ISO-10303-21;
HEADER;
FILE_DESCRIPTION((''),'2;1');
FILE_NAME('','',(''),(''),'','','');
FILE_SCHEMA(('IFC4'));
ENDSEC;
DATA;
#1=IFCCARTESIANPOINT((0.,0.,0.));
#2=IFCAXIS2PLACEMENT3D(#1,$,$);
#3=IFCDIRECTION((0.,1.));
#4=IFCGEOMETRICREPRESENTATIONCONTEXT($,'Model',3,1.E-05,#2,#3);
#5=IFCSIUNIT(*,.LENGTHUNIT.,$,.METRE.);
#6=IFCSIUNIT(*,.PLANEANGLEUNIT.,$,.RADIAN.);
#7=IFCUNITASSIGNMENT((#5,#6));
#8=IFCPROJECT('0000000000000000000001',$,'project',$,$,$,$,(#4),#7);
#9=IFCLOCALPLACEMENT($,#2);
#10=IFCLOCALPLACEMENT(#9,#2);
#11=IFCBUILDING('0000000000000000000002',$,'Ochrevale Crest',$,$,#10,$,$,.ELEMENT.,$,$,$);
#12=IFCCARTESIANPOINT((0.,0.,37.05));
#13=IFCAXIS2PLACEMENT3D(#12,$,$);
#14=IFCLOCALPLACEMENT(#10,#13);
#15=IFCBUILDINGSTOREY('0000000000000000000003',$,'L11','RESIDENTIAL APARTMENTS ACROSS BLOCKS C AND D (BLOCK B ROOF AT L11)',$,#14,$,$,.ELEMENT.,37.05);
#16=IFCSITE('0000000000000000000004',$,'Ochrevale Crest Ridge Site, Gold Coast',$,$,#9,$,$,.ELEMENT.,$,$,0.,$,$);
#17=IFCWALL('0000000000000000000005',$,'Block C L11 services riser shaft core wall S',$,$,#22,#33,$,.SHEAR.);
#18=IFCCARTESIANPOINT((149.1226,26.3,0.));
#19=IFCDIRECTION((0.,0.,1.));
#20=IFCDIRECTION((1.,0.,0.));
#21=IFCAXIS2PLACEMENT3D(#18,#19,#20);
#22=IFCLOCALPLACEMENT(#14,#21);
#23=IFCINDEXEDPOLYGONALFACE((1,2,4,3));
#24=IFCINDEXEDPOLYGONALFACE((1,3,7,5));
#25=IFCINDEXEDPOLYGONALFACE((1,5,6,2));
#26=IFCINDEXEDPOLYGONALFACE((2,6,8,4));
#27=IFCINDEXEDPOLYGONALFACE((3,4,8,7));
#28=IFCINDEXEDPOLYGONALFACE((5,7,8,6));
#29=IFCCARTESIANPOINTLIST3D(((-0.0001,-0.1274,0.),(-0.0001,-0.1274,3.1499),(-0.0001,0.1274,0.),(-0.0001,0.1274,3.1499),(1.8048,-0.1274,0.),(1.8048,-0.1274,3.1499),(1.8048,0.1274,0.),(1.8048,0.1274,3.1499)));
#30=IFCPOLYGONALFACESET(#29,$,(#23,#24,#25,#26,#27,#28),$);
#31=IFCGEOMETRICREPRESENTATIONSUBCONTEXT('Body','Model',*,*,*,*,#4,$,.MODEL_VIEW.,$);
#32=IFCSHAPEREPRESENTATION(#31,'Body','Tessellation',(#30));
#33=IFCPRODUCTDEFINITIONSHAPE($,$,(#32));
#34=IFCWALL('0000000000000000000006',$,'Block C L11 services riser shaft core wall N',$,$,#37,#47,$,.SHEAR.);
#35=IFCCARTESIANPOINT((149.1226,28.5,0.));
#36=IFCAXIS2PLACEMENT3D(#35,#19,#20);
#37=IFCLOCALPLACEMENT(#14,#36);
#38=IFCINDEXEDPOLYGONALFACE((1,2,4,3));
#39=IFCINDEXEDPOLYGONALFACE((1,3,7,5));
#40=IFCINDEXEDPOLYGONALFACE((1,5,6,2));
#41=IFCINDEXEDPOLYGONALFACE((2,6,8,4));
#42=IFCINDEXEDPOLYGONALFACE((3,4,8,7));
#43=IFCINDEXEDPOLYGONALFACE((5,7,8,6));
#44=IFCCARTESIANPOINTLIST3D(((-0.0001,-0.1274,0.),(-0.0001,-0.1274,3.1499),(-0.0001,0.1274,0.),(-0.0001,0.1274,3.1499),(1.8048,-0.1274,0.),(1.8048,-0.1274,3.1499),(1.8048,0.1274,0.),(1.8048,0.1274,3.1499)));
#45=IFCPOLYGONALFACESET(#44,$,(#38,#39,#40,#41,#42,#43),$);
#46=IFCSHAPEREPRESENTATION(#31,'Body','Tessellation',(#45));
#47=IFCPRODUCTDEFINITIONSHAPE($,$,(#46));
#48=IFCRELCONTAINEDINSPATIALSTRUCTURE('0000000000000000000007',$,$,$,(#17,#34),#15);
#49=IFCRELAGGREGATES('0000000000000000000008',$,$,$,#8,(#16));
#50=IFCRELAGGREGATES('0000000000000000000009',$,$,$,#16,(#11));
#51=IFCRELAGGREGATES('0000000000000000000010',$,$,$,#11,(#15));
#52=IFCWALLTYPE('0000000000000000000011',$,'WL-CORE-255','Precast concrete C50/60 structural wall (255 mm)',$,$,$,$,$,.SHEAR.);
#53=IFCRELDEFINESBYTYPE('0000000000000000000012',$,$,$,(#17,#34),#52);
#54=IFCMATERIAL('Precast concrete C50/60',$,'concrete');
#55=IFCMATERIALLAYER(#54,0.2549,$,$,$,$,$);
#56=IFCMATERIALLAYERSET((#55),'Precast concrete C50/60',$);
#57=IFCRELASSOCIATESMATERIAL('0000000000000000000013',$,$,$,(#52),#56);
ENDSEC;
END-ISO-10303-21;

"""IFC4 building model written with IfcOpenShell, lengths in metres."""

from ifc_helpers import new_model, si_unit, direction, frame, frame_2d, origin, place, context, subcontext, project, spatial, rectangle, extrude, material, layer, layer_set, type_object, element, save


model = new_model("IFC4")

# Units and contexts
model_context = context("Model", 3, precision=1e-05, world=origin(), true_north=direction((0.0, 1.0)))
body_context = subcontext(model_context, "Body", "Model", "MODEL_VIEW")
ifc_project = project(units=[si_unit("LENGTHUNIT", "METRE"), si_unit("PLANEANGLEUNIT", "RADIAN")], contexts=[model_context])

# Site, building, storey
site_placement = place(None, origin())
site = spatial("IfcSite", under=ifc_project, at=site_placement, Name="Ochrevale Crest Ridge Site, Gold Coast", CompositionType="ELEMENT", RefElevation=0.0)
building_placement = place(site_placement, origin())
building = spatial("IfcBuilding", under=site, at=building_placement, Name="Ochrevale Crest", CompositionType="ELEMENT")
storey_placement = place(building_placement, frame((0.0, 0.0, 37.05)))
storey = spatial("IfcBuildingStorey", under=building, at=storey_placement, Name="L11", Description="RESIDENTIAL APARTMENTS ACROSS BLOCKS C AND D (BLOCK B ROOF AT L11)", CompositionType="ELEMENT", Elevation=37.05)

# Shared definitions
ifc_material_1 = material(Name="Precast concrete C50/60", Category="concrete")
ifc_layer_1 = layer(ifc_material_1, 0.2549)
ifc_layer_set_1 = layer_set([ifc_layer_1], Name="Precast concrete C50/60")
wall_type_1 = type_object("IfcWallType", Name="WL-CORE-255", Description="Precast concrete C50/60 structural wall (255 mm)", PredefinedType="SHEAR", material=ifc_layer_set_1)

# Walls
for number, where, z_axis, x_axis, name in (
    (1, (149.1226, 26.3, 0.0), (0.0, 0.0, 1.0), (1.0, 0.0, 0.0), "Block C L11 services riser shaft core wall S"),
    (2, (149.1226, 28.5, 0.0), (0.0, 0.0, 1.0), (1.0, 0.0, 0.0), "Block C L11 services riser shaft core wall N"),
):
    element("IfcWall", number, at=place(storey_placement, frame(where, z_axis=z_axis, x_axis=x_axis)), inside=storey, type_object=wall_type_1, Name=name, PredefinedType="SHEAR", context=body_context, shape_type="SweptSolid", body=[
        extrude(rectangle(XDim=1.8049, YDim=0.2549, at=frame_2d((0.9023, 0.0))), origin(), (0.0, 0.0, 1.0), 3.1499),
    ])

save(model, "model.ifc")
